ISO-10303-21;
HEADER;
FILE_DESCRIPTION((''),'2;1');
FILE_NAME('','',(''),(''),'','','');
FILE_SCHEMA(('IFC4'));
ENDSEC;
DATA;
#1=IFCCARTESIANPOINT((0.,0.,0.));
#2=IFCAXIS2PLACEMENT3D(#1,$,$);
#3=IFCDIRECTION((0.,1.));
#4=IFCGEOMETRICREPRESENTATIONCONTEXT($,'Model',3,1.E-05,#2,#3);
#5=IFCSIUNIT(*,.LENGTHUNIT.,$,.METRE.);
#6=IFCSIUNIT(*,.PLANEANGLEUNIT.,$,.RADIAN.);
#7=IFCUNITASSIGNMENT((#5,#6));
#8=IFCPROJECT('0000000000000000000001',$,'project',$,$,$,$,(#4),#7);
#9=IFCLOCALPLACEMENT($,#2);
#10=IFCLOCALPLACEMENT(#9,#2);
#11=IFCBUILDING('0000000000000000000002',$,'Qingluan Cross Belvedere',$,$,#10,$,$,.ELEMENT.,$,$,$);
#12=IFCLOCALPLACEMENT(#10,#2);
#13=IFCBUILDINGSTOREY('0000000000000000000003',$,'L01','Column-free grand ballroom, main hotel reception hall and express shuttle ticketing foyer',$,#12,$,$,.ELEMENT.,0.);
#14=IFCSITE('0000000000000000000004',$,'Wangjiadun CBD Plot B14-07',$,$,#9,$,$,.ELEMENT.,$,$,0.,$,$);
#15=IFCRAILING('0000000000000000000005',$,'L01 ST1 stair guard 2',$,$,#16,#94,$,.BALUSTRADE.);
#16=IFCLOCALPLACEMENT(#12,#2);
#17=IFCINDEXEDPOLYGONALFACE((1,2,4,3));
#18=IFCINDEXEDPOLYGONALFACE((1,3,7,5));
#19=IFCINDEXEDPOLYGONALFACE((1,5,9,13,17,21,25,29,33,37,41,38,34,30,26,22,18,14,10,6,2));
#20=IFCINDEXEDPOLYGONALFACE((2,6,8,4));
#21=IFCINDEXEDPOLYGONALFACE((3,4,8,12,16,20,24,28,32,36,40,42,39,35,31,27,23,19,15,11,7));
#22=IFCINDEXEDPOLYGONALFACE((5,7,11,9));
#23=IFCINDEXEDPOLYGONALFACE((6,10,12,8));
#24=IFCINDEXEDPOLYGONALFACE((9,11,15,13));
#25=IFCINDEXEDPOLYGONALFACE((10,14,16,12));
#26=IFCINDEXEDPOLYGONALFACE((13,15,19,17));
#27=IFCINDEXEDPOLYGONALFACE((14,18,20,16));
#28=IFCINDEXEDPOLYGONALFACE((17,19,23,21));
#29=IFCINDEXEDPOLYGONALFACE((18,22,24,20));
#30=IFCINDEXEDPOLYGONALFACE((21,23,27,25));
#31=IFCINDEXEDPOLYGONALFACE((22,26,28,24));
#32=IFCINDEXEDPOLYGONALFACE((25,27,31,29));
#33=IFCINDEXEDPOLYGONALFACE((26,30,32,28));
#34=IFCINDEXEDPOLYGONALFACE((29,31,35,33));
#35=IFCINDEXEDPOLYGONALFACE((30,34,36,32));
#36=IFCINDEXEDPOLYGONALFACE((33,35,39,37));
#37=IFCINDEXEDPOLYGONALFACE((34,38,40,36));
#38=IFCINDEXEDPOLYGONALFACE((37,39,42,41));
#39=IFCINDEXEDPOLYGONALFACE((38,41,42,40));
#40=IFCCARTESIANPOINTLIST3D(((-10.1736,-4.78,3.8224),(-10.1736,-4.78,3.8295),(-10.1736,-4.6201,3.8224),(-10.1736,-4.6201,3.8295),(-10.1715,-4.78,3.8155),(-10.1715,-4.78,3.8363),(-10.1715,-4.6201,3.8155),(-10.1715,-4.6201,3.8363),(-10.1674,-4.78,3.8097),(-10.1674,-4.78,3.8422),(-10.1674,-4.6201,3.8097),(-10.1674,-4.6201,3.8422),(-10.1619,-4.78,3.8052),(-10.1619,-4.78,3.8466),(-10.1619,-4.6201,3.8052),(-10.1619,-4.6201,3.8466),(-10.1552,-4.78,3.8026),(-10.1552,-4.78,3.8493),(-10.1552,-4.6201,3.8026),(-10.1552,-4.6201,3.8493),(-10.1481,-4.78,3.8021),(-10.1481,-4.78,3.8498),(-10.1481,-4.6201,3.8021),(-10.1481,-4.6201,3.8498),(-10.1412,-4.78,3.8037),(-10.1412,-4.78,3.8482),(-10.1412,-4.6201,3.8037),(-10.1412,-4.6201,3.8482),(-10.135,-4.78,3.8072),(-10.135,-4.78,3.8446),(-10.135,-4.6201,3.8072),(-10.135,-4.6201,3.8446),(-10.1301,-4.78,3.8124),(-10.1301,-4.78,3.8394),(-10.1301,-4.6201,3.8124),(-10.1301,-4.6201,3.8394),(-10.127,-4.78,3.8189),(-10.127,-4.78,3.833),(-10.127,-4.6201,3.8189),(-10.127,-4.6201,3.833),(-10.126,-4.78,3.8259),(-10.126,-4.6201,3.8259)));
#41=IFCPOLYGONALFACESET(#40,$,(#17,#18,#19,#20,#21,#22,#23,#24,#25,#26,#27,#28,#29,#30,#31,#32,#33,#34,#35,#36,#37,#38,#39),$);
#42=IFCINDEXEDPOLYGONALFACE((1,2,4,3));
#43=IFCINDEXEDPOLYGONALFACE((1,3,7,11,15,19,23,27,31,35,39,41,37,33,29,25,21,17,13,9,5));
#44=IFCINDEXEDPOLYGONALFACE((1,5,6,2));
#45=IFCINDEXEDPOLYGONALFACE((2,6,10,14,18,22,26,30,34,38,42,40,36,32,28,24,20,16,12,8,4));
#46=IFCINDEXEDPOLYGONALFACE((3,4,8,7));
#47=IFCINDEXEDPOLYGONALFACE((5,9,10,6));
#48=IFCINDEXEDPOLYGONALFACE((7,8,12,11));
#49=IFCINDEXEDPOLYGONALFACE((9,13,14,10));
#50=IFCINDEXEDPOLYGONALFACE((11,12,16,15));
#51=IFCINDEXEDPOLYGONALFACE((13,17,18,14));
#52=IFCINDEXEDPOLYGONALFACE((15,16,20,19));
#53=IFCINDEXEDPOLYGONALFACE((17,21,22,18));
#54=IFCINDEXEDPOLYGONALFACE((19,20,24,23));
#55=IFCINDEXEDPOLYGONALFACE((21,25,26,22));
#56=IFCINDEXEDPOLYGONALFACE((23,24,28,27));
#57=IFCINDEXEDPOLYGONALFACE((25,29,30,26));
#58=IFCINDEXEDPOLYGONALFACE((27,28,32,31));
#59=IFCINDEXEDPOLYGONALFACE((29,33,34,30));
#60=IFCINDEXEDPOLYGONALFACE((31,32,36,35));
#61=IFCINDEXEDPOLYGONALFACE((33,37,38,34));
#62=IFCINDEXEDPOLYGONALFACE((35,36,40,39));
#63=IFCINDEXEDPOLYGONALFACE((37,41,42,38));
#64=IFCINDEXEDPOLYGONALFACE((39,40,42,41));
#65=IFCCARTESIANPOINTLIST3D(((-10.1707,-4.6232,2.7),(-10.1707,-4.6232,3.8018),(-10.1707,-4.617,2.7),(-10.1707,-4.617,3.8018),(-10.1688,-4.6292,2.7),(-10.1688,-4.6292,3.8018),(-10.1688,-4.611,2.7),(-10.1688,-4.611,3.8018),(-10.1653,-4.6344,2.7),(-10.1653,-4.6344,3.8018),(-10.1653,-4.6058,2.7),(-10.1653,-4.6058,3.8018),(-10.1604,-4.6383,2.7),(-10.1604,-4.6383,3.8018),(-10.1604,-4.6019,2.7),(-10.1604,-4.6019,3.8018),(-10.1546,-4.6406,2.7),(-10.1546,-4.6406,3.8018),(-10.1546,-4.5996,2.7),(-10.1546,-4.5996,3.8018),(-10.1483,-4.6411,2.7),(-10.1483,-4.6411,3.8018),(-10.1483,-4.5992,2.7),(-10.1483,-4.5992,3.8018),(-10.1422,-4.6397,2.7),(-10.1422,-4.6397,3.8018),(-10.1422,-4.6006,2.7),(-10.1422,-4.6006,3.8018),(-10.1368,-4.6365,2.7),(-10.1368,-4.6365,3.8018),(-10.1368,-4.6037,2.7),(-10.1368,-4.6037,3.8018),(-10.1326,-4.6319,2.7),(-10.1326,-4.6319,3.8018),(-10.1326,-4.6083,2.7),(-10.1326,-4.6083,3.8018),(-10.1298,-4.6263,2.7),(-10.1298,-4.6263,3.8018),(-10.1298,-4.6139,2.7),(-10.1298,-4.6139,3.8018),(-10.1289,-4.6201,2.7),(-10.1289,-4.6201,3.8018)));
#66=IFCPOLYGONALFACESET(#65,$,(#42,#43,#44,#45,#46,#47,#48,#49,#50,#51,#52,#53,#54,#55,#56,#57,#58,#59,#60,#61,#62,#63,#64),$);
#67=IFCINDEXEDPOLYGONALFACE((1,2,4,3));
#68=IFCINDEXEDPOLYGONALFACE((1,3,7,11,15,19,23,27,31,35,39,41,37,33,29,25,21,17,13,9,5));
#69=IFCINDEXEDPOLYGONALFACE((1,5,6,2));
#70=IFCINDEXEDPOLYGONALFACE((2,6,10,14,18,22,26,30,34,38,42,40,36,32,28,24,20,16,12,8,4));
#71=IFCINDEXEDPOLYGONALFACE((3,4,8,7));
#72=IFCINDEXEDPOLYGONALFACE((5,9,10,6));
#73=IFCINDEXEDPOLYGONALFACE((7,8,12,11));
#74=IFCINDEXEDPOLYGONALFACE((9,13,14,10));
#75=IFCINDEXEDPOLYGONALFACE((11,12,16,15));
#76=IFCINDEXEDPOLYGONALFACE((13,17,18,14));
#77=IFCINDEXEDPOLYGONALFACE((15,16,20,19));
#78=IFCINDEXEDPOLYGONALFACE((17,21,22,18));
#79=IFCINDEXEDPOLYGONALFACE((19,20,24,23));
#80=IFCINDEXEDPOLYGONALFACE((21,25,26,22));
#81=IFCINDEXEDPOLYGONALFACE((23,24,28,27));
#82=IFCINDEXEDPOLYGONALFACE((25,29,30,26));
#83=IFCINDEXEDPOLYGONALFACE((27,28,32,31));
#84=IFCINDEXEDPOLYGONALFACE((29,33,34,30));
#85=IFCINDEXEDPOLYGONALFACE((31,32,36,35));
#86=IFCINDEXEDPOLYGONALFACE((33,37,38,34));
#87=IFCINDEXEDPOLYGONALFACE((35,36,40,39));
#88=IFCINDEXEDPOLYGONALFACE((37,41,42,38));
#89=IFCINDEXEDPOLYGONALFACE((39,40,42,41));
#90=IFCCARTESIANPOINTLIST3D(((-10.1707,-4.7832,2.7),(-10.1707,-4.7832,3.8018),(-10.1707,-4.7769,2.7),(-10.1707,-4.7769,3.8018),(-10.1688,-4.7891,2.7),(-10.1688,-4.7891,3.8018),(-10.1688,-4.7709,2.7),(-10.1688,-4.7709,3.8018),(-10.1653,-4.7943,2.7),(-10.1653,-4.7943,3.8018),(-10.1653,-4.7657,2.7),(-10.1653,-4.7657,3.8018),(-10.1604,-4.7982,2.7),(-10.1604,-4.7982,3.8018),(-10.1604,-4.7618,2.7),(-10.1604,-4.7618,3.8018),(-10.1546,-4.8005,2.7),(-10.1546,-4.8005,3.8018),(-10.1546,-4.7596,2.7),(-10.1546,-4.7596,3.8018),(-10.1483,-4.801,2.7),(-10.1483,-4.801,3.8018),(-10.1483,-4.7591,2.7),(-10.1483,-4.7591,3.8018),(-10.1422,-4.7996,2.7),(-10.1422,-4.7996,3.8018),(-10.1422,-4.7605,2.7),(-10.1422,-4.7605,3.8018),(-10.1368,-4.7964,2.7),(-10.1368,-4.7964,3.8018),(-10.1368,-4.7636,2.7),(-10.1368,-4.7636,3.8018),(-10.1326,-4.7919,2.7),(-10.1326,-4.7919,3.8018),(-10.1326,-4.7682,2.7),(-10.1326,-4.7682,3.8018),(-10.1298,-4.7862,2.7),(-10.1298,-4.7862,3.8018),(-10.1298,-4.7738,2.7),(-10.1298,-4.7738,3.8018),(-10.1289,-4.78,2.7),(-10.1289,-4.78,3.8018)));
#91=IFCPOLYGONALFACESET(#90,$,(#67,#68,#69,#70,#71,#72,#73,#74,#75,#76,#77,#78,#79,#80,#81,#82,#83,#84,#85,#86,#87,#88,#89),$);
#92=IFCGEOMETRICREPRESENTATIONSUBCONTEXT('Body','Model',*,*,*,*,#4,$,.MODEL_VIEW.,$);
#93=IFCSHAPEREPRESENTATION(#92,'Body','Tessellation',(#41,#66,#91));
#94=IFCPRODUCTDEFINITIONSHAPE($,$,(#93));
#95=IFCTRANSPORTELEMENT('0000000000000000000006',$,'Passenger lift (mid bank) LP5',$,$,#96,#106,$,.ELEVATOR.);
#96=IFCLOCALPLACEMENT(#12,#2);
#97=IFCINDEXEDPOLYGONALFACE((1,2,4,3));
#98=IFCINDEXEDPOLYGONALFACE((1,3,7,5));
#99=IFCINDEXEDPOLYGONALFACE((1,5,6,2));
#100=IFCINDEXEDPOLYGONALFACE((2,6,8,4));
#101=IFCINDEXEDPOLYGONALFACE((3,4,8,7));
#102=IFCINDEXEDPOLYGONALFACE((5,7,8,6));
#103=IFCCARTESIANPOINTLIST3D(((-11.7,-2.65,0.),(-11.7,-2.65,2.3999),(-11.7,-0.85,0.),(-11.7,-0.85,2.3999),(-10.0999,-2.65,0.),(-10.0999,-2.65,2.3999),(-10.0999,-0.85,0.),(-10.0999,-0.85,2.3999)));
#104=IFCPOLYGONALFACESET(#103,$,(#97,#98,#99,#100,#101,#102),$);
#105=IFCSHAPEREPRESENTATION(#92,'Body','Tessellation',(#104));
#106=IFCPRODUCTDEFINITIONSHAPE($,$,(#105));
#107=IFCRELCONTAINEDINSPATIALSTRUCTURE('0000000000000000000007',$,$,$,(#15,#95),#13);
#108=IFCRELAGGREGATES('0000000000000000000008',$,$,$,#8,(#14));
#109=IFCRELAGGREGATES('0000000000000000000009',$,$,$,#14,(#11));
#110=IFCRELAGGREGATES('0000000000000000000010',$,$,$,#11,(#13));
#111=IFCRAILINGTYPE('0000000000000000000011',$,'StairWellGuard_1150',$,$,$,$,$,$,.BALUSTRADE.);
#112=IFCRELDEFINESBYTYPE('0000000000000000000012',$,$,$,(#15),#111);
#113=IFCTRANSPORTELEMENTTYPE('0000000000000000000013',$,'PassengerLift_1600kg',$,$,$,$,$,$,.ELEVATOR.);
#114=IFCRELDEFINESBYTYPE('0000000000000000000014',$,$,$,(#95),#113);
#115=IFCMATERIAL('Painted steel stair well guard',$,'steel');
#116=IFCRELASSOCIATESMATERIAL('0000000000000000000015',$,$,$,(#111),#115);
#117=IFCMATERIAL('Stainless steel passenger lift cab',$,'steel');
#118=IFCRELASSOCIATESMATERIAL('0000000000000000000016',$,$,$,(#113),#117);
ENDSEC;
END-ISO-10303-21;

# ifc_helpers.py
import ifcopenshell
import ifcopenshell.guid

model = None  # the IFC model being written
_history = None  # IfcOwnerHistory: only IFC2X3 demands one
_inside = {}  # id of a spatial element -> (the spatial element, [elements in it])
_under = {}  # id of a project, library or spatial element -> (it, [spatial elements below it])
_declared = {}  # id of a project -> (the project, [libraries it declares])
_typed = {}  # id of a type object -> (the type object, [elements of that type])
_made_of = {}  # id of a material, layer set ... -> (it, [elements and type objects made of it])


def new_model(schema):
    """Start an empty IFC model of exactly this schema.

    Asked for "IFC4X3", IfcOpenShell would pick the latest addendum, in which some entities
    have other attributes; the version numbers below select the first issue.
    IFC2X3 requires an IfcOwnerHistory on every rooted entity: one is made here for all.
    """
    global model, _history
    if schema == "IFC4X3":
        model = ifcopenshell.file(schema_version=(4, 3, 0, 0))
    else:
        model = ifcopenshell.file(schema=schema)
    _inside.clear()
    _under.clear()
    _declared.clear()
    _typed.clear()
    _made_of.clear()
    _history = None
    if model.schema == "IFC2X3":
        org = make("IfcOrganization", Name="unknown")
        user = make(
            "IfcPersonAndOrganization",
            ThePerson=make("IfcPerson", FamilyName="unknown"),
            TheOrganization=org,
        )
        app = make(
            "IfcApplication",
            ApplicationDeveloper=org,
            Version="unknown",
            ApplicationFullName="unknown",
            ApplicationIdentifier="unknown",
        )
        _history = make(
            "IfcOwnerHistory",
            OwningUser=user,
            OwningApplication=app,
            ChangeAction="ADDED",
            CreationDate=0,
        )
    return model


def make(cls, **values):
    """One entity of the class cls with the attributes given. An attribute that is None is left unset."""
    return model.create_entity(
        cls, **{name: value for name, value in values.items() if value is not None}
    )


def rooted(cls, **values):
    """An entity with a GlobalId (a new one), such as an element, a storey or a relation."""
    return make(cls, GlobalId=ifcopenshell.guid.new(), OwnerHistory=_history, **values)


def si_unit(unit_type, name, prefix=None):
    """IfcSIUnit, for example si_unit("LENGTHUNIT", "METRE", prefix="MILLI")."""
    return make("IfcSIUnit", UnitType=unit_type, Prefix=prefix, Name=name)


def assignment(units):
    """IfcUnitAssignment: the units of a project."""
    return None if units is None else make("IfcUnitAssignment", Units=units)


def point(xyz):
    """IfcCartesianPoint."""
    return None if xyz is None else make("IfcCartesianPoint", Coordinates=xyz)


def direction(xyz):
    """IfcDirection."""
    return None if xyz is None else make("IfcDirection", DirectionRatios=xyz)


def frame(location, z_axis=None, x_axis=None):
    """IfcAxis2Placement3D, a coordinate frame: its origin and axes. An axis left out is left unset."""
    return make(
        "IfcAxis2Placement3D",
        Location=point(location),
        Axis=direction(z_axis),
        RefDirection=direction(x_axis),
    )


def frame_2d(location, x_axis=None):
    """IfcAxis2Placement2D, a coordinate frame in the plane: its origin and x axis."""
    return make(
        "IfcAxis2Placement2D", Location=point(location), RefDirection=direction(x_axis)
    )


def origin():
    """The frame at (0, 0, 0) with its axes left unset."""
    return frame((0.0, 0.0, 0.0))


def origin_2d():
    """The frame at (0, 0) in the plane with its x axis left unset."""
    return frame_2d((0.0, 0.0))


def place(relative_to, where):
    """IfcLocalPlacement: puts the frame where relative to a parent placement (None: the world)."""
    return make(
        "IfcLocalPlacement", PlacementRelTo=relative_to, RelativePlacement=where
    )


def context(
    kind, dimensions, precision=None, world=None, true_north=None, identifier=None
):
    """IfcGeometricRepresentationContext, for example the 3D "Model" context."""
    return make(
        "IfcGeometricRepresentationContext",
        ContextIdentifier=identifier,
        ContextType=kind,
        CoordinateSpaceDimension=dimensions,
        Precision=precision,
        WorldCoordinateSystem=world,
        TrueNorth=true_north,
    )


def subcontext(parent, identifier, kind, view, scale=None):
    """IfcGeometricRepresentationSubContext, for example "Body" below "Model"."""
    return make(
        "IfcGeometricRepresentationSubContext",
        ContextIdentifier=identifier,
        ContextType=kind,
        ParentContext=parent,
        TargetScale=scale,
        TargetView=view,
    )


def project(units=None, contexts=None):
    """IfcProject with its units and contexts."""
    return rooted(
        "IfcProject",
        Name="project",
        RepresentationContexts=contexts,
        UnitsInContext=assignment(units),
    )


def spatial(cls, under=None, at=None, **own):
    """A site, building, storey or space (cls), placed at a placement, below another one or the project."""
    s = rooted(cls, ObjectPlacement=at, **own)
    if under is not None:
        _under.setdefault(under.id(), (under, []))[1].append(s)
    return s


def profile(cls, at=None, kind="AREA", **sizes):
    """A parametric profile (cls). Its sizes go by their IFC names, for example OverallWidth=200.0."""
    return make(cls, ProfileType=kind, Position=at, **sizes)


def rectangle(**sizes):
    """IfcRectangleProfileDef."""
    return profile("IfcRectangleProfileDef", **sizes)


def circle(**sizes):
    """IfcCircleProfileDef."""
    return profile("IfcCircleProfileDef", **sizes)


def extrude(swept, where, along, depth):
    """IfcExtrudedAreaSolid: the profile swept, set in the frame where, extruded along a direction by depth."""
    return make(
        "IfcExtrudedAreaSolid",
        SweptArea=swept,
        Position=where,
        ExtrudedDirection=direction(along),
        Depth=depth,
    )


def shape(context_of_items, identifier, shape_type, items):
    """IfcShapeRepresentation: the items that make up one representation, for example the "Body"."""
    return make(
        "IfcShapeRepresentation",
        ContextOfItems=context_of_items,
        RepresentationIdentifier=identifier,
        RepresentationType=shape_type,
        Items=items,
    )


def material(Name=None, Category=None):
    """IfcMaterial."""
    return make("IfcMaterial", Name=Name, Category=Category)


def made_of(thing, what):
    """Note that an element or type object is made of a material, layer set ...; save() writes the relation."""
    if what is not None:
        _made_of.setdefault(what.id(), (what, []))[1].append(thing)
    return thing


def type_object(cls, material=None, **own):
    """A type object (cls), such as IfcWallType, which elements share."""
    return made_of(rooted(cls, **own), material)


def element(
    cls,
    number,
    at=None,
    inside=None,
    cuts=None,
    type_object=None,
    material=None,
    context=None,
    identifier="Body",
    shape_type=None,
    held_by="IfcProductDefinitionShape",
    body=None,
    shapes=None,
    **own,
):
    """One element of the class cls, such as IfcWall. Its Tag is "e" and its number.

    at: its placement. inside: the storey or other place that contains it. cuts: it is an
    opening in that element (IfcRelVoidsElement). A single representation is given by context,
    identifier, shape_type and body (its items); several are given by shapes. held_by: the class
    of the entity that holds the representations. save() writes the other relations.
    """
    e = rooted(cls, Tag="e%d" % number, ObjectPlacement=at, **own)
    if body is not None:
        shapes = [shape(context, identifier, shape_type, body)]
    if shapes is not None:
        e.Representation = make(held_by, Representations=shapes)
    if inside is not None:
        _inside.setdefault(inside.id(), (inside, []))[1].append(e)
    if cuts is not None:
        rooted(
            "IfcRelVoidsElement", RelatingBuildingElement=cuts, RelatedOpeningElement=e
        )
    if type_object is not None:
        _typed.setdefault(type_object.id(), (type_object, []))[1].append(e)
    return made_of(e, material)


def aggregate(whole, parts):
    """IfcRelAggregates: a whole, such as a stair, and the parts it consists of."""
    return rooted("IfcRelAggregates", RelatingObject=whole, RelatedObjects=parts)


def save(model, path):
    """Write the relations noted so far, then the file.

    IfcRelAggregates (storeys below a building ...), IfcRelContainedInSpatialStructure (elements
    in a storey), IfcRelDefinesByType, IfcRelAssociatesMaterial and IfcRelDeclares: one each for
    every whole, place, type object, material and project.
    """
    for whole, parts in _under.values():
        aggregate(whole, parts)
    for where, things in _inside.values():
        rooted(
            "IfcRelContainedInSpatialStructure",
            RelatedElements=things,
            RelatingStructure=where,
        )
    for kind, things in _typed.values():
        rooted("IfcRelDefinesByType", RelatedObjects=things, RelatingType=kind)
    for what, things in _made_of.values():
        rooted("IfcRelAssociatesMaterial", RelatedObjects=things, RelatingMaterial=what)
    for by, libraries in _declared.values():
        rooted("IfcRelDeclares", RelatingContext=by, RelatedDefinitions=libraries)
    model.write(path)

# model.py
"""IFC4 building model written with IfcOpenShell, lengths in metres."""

from ifc_helpers import new_model, si_unit, direction, frame, origin, origin_2d, place, context, subcontext, project, spatial, rectangle, circle, extrude, material, type_object, element, save


model = new_model("IFC4")

# Units and contexts
model_context = context("Model", 3, precision=1e-05, world=origin(), true_north=direction((0.0, 1.0)))
body_context = subcontext(model_context, "Body", "Model", "MODEL_VIEW")
ifc_project = project(units=[si_unit("LENGTHUNIT", "METRE"), si_unit("PLANEANGLEUNIT", "RADIAN")], contexts=[model_context])

# Site, building, storey
site_placement = place(None, origin())
site = spatial("IfcSite", under=ifc_project, at=site_placement, Name="Wangjiadun CBD Plot B14-07", CompositionType="ELEMENT", RefElevation=0.0)
building_placement = place(site_placement, origin())
building = spatial("IfcBuilding", under=site, at=building_placement, Name="Qingluan Cross Belvedere", CompositionType="ELEMENT")
storey_placement = place(building_placement, origin())
storey = spatial("IfcBuildingStorey", under=building, at=storey_placement, Name="L01", Description="Column-free grand ballroom, main hotel reception hall and express shuttle ticketing foyer", CompositionType="ELEMENT", Elevation=0.0)

# Railing
ifc_material_1 = material(Name="Painted steel stair well guard", Category="steel")
railing_type_1 = type_object("IfcRailingType", Name="StairWellGuard_1150", PredefinedType="BALUSTRADE", material=ifc_material_1)
railing_1_placement = place(storey_placement, frame((-10.1499, -4.6201, 2.7)))
element("IfcRailing", 1, at=railing_1_placement, inside=storey, type_object=railing_type_1, Name="L01 ST1 stair guard 2", PredefinedType="BALUSTRADE", context=body_context, shape_type="SweptSolid", body=[
    extrude(circle(Radius=0.0239, at=origin_2d()), frame((0.0, 0.0, 1.126), z_axis=(0.0, -1.0, 0.0), x_axis=(1.0, 0.0, 0.0)), (0.0, 0.0, 1.0), 0.1599),
    extrude(circle(Radius=0.021, at=origin_2d()), origin(), (0.0, 0.0, 1.0), 1.1018),
    extrude(circle(Radius=0.021, at=origin_2d()), frame((0.0, -0.1599, 0.0)), (0.0, 0.0, 1.0), 1.1018),
])

# Transport element
ifc_material_2 = material(Name="Stainless steel passenger lift cab", Category="steel")
transport_element_type = type_object("IfcTransportElementType", Name="PassengerLift_1600kg", PredefinedType="ELEVATOR", material=ifc_material_2)
transport_element_placement = place(storey_placement, frame((-10.8999, -1.75, 0.0), z_axis=(0.0, 0.0, 1.0), x_axis=(1.0, 0.0, 0.0)))
element("IfcTransportElement", 2, at=transport_element_placement, inside=storey, type_object=transport_element_type, Name="Passenger lift (mid bank) LP5", PredefinedType="ELEVATOR", context=body_context, shape_type="SweptSolid", body=[
    extrude(rectangle(XDim=1.6001, YDim=1.8, at=origin_2d()), origin(), (0.0, 0.0, 1.0), 2.3999),
])

save(model, "model.ifc")
